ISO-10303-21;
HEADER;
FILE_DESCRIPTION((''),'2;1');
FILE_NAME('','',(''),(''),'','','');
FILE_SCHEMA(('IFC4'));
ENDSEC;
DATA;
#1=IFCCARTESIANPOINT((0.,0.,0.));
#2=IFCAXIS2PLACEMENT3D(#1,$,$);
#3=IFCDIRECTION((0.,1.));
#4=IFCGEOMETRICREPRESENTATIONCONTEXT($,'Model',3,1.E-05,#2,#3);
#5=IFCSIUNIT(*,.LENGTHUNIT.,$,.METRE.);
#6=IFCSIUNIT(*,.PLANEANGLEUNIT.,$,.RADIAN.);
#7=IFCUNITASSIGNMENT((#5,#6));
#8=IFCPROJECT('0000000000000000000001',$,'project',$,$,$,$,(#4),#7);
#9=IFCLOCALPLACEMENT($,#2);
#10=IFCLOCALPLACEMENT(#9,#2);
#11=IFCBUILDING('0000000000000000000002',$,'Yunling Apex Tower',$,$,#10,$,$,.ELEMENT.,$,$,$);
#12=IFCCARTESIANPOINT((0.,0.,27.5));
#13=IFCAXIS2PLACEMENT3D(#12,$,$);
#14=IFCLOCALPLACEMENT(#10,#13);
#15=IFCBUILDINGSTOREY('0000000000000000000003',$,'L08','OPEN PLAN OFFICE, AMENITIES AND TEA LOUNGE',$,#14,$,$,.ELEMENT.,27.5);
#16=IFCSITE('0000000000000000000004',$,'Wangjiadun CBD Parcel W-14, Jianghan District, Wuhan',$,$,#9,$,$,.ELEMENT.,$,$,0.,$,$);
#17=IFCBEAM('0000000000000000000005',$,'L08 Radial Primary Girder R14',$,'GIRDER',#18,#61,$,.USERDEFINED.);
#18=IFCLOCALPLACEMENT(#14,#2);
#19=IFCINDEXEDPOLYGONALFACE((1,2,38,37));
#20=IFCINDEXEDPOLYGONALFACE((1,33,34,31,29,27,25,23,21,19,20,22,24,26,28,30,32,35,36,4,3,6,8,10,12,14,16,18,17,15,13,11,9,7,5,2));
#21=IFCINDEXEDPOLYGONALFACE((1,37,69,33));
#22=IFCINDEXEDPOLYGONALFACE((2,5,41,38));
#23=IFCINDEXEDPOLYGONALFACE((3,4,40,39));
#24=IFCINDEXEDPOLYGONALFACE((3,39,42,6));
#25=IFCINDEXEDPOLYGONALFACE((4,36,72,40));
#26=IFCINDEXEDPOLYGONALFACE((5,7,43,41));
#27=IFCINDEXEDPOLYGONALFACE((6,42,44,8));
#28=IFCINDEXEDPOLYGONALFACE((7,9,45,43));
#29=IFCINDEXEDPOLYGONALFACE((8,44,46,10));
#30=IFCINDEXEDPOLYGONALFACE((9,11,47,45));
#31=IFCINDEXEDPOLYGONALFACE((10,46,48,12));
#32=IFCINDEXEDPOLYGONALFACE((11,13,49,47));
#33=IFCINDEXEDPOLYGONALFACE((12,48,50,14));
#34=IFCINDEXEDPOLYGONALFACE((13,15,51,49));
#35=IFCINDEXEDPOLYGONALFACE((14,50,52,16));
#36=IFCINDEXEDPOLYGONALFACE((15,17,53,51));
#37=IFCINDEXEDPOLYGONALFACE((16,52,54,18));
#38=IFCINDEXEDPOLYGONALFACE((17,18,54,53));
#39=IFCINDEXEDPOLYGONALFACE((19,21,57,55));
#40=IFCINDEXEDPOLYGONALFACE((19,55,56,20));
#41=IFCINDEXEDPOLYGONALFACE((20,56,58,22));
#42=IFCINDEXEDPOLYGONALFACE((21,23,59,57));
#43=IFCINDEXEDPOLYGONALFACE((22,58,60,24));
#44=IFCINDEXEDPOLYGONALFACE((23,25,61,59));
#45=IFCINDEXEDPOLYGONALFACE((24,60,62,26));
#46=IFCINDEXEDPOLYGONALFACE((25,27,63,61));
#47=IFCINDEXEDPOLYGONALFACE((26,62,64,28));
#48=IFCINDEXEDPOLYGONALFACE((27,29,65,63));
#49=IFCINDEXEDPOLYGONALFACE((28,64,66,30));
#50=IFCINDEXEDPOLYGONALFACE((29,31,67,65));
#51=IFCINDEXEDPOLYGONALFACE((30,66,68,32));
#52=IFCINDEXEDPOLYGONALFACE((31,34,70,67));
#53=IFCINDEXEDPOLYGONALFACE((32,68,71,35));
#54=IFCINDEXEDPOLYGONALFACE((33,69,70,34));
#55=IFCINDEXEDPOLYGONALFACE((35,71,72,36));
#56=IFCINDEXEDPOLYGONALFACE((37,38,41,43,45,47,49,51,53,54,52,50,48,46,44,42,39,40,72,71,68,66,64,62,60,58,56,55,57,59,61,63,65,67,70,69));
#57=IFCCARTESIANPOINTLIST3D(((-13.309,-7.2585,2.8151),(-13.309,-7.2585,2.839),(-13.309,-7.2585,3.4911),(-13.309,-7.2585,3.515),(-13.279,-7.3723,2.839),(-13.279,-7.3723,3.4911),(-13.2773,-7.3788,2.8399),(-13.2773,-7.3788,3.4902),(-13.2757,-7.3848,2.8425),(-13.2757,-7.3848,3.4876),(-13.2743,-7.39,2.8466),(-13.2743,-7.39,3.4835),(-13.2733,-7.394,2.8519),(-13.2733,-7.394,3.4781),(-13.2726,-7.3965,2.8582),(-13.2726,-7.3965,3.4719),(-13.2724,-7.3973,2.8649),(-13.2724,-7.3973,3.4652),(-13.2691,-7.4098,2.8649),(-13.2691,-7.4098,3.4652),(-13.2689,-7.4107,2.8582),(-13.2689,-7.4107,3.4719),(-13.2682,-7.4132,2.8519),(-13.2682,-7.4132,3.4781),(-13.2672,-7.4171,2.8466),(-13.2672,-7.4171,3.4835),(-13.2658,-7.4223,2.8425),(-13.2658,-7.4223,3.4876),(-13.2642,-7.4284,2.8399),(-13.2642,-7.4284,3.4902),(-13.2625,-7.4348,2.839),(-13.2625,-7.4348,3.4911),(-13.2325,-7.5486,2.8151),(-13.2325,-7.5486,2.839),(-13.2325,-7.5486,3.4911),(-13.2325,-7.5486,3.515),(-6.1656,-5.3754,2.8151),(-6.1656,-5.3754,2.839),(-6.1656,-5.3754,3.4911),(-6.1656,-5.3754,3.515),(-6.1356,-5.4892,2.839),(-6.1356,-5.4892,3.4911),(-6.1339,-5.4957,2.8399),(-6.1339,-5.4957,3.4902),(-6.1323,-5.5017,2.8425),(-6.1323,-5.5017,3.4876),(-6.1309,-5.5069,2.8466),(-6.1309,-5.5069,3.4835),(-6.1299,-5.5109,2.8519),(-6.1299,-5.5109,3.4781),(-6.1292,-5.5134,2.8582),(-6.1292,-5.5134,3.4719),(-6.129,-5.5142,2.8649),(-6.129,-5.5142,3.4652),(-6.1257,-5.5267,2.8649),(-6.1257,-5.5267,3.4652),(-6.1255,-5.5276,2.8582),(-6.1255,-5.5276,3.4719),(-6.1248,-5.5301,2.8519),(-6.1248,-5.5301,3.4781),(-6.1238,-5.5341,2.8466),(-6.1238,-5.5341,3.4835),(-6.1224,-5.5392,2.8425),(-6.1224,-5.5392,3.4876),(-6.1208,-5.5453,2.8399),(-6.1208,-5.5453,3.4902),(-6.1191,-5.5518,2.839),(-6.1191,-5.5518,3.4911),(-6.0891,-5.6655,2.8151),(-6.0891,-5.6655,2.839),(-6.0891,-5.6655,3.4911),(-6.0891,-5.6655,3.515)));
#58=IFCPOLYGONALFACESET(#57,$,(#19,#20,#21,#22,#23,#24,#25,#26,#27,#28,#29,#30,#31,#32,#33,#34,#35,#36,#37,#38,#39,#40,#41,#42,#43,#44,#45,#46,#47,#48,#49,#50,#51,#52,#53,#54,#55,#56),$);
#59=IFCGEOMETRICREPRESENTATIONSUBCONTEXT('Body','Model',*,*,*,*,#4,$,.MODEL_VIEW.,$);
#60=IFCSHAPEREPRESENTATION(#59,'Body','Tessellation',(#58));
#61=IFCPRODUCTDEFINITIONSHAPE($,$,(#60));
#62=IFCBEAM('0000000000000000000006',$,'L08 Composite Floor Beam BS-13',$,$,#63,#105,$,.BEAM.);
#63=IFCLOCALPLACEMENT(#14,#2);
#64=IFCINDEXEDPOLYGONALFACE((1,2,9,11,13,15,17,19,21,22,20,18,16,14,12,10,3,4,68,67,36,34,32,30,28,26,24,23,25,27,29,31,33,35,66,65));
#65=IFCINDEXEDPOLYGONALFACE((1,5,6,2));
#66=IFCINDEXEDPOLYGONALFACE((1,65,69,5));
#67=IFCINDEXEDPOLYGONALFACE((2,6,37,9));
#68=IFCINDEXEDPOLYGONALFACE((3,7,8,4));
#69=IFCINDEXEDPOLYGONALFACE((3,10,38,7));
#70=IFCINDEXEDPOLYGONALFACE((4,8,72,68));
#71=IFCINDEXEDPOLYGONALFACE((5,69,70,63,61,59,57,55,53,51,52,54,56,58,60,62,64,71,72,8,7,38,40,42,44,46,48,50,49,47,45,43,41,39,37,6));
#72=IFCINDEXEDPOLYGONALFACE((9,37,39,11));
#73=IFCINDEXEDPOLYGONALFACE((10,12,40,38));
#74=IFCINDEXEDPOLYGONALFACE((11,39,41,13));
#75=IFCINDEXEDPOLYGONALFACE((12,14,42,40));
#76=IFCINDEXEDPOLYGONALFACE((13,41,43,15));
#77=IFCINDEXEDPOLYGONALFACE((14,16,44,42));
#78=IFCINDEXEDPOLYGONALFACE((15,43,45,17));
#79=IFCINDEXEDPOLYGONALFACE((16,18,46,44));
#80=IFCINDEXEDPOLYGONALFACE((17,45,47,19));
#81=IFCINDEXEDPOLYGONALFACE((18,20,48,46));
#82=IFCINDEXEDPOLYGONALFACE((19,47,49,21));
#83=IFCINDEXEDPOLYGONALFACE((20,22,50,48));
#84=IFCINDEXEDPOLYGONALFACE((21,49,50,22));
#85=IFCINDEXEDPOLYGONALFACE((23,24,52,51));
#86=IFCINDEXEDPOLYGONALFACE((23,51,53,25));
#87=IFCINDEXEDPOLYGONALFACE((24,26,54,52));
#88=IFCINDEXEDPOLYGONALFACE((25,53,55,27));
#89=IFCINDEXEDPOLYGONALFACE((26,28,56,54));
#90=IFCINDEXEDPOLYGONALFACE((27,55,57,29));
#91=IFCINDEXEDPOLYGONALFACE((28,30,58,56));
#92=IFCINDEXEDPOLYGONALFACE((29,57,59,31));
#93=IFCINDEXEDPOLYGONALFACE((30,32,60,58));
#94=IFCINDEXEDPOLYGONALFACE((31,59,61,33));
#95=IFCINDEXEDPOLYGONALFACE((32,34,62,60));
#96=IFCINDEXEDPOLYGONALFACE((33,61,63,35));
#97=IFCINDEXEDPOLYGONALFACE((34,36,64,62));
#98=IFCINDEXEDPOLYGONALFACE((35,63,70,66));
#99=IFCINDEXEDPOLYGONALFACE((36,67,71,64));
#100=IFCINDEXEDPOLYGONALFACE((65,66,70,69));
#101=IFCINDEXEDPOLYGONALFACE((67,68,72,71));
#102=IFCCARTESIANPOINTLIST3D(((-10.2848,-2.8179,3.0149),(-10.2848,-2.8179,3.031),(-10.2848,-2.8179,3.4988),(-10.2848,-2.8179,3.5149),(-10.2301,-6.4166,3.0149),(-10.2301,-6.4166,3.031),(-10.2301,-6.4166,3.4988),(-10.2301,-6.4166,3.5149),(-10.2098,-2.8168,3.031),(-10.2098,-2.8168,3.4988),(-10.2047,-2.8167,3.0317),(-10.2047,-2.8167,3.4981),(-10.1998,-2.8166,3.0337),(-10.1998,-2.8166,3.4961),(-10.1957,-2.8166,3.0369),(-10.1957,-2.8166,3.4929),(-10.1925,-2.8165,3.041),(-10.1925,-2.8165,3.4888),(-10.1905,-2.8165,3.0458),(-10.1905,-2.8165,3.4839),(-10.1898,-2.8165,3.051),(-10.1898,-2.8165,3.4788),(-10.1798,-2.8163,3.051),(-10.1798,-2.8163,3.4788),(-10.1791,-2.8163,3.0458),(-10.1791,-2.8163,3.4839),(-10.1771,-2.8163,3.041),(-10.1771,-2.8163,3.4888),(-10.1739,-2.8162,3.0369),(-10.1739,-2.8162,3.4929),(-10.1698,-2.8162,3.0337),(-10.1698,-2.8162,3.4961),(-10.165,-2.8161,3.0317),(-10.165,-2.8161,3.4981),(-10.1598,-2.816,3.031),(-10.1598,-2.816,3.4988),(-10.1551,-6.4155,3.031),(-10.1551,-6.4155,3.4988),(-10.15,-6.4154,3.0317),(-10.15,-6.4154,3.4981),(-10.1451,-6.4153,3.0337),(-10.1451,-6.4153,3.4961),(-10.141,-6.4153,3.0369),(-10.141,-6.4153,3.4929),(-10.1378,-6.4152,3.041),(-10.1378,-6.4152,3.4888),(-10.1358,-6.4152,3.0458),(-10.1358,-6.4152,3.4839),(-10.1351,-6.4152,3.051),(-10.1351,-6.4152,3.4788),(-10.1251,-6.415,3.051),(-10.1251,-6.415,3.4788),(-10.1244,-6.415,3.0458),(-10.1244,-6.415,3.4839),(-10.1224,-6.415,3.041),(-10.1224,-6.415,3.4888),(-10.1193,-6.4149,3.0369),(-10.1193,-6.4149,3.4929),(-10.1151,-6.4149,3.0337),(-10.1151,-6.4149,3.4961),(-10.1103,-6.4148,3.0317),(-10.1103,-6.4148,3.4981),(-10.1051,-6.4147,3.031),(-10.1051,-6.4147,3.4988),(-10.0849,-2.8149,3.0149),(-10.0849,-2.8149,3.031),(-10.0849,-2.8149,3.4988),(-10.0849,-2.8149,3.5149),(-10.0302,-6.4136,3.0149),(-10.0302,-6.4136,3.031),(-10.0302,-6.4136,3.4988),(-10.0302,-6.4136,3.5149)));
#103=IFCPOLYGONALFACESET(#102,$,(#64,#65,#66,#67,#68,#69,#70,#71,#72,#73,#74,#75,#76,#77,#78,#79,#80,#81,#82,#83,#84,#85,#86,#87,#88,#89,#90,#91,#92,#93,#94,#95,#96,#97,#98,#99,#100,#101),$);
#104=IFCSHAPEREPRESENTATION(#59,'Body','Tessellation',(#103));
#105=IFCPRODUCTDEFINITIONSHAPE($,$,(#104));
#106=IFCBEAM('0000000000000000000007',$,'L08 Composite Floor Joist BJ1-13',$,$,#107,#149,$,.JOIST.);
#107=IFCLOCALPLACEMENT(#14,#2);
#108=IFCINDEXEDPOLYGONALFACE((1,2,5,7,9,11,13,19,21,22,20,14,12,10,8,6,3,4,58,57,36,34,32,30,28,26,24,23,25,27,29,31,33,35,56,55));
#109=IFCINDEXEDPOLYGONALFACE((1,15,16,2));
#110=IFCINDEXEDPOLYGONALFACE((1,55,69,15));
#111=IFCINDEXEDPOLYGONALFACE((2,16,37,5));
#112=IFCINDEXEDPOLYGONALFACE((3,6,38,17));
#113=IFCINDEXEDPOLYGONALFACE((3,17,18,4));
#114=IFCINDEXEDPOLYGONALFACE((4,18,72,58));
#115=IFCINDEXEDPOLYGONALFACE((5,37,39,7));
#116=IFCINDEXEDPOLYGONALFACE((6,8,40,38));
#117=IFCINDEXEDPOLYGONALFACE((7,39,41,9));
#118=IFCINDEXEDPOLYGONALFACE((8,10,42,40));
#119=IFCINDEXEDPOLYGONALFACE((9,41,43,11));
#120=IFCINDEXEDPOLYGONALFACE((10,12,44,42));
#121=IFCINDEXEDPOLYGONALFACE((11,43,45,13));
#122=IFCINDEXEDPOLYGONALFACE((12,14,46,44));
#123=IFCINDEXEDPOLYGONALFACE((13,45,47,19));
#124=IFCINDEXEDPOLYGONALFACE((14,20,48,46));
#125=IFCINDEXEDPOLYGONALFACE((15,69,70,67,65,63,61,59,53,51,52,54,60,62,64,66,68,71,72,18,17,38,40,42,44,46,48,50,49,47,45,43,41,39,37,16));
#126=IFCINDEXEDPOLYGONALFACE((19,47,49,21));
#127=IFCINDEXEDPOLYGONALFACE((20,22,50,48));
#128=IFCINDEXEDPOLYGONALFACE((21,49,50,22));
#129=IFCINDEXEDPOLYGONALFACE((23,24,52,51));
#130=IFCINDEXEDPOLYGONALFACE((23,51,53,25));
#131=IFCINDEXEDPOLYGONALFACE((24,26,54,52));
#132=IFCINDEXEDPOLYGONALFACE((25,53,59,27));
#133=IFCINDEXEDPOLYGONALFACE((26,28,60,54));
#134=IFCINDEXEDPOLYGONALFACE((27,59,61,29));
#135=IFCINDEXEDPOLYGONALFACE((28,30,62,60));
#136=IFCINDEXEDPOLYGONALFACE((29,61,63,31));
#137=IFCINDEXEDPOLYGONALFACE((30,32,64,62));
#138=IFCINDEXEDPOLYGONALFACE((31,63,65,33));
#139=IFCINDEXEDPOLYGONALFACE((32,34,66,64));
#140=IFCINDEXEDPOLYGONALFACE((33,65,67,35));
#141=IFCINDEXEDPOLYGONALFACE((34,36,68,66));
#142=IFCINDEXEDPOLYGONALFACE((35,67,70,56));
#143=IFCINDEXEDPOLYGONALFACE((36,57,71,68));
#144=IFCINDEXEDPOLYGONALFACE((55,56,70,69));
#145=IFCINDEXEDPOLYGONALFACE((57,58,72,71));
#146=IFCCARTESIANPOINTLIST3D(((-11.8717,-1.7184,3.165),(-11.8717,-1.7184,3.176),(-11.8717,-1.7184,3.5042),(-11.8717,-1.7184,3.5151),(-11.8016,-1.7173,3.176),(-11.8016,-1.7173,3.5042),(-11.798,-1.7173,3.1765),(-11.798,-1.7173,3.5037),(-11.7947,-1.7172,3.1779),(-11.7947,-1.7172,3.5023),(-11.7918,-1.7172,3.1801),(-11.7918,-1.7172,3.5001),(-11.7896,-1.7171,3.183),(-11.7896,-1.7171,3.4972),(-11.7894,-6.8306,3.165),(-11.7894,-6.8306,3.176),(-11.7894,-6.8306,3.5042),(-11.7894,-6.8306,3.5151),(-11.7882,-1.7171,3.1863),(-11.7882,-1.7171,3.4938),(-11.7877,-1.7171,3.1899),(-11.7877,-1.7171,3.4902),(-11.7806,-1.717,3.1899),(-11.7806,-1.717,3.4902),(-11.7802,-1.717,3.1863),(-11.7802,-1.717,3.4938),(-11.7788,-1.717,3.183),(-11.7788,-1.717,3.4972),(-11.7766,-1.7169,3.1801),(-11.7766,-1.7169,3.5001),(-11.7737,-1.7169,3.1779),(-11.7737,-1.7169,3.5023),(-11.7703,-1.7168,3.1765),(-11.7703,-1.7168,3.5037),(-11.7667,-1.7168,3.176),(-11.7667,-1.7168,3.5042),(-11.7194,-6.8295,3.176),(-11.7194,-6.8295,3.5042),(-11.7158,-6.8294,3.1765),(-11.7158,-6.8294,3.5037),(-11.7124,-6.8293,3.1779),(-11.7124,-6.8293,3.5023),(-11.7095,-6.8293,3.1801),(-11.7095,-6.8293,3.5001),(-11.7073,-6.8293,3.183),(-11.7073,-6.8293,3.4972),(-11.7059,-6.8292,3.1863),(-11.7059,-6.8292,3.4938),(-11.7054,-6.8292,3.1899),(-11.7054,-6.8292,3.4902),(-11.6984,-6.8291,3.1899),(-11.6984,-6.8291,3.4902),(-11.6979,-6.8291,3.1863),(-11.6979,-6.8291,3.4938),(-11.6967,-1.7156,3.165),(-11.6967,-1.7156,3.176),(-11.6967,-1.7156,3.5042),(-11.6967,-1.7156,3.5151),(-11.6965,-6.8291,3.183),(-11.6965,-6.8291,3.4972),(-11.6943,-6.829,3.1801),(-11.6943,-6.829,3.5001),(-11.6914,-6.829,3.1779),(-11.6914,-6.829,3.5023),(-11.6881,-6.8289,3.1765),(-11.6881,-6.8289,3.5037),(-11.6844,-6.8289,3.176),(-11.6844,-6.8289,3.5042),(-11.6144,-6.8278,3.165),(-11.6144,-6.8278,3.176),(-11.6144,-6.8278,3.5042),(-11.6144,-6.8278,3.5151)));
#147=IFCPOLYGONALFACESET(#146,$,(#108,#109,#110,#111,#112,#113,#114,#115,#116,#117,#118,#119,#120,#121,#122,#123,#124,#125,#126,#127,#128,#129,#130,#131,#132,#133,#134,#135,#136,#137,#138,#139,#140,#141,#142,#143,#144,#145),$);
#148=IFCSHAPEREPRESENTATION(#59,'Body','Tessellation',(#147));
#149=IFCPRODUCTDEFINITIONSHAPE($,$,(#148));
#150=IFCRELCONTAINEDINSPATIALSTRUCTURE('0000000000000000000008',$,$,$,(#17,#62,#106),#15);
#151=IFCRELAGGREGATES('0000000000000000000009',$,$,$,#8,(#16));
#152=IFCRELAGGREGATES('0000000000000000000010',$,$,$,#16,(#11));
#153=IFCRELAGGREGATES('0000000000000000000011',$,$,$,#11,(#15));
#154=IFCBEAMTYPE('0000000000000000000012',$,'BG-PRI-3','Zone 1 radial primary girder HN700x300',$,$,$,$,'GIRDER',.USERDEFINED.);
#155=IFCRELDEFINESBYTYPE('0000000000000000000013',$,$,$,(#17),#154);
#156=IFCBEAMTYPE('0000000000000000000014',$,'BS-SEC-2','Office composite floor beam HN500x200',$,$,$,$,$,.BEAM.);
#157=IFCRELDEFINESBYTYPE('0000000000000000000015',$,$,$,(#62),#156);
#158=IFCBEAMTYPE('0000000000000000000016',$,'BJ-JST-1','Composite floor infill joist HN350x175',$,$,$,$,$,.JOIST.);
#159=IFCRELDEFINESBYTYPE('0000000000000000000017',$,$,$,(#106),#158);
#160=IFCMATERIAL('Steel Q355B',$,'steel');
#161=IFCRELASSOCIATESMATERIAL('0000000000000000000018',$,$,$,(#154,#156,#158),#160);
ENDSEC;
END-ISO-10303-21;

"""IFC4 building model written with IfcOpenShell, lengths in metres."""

from ifc_helpers import new_model, si_unit, direction, frame, origin, origin_2d, place, context, subcontext, project, spatial, i_section, extrude, source, transform, mapped, material, material_profile, profile_set, type_object, element, save


model = new_model("IFC4")

# Units and contexts
model_context = context("Model", 3, precision=1e-05, world=origin(), true_north=direction((0.0, 1.0)))
body_context = subcontext(model_context, "Body", "Model", "MODEL_VIEW")
ifc_project = project(units=[si_unit("LENGTHUNIT", "METRE"), si_unit("PLANEANGLEUNIT", "RADIAN")], contexts=[model_context])

# Site, building, storey
site_placement = place(None, origin())
site = spatial("IfcSite", under=ifc_project, at=site_placement, Name="Wangjiadun CBD Parcel W-14, Jianghan District, Wuhan", CompositionType="ELEMENT", RefElevation=0.0)
building_placement = place(site_placement, origin())
building = spatial("IfcBuilding", under=site, at=building_placement, Name="Yunling Apex Tower", CompositionType="ELEMENT")
storey_placement = place(building_placement, frame((0.0, 0.0, 27.5)))
storey = spatial("IfcBuildingStorey", under=building, at=storey_placement, Name="L08", Description="OPEN PLAN OFFICE, AMENITIES AND TEA LOUNGE", CompositionType="ELEMENT", Elevation=27.5)

# Beams
ifc_material_1 = material(Name="Steel Q355B", Category="steel")
ifc_material_profile_1 = material_profile(ifc_material_1, i_section(OverallWidth=0.3, OverallDepth=0.7, WebThickness=0.0129, FlangeThickness=0.0239, FilletRadius=0.0259, at=origin_2d()))
ifc_profile_set_1 = profile_set([ifc_material_profile_1], Name="Steel Q355B")
beam_type_1 = type_object("IfcBeamType", Name="BG-PRI-3", Description="Zone 1 radial primary girder HN700x300", ElementType="GIRDER", PredefinedType="USERDEFINED", material=ifc_profile_set_1)
shared_shape_1 = source(origin(), body_context, "Body", "SweptSolid", [
    extrude(i_section(OverallWidth=0.3, OverallDepth=0.7, WebThickness=0.0129, FlangeThickness=0.0239, FilletRadius=0.0259, at=origin_2d()), origin(), (0.0, 0.0, 1.0), 7.3875),
])
beam_1_placement = place(storey_placement, frame((-13.2708, -7.4036, 3.165), z_axis=(0.966967, 0.254903, 0.0), x_axis=(-0.254903, 0.966967, 0.0)))
element("IfcBeam", 1, at=beam_1_placement, inside=storey, type_object=beam_type_1, Name="L08 Radial Primary Girder R14", ObjectType="GIRDER", PredefinedType="USERDEFINED", context=body_context, shape_type="MappedRepresentation", body=[
    mapped(shared_shape_1, transform((0.0, 0.0, 0.0), scale=1.0)),
])
ifc_material_profile_2 = material_profile(ifc_material_1, i_section(OverallWidth=0.2, OverallDepth=0.5, WebThickness=0.01, FlangeThickness=0.0161, FilletRadius=0.02, at=origin_2d()))
ifc_profile_set_2 = profile_set([ifc_material_profile_2], Name="Steel Q355B")
beam_type_2 = type_object("IfcBeamType", Name="BS-SEC-2", Description="Office composite floor beam HN500x200", PredefinedType="BEAM", material=ifc_profile_set_2)
shared_shape_2 = source(origin(), body_context, "Body", "SweptSolid", [
    extrude(i_section(OverallWidth=0.2, OverallDepth=0.5, WebThickness=0.01, FlangeThickness=0.0161, FilletRadius=0.02, at=origin_2d()), origin(), (0.0, 0.0, 1.0), 3.5991),
])
beam_2_placement = place(storey_placement, frame((-10.1848, -2.8164, 3.2649), z_axis=(0.015195, -0.999885, 0.0), x_axis=(0.999885, 0.015195, 0.0)))
element("IfcBeam", 2, at=beam_2_placement, inside=storey, type_object=beam_type_2, Name="L08 Composite Floor Beam BS-13", PredefinedType="BEAM", context=body_context, shape_type="MappedRepresentation", body=[
    mapped(shared_shape_2, transform((0.0, 0.0, 0.0), scale=1.0)),
])
ifc_material_profile_3 = material_profile(ifc_material_1, i_section(OverallWidth=0.175, OverallDepth=0.3501, WebThickness=0.0071, FlangeThickness=0.011, FilletRadius=0.0139, at=origin_2d()))
ifc_profile_set_3 = profile_set([ifc_material_profile_3], Name="Steel Q355B")
beam_type_3 = type_object("IfcBeamType", Name="BJ-JST-1", Description="Composite floor infill joist HN350x175", PredefinedType="JOIST", material=ifc_profile_set_3)
shared_shape_3 = source(origin(), body_context, "Body", "SweptSolid", [
    extrude(i_section(OverallWidth=0.175, OverallDepth=0.3501, WebThickness=0.0071, FlangeThickness=0.011, FilletRadius=0.0139, at=origin_2d()), origin(), (0.0, 0.0, 1.0), 5.1128),
])
beam_3_placement = place(storey_placement, frame((-11.7842, -1.717, 3.3401), z_axis=(0.016092, -0.999871, 0.0), x_axis=(0.999871, 0.016092, 0.0)))
element("IfcBeam", 3, at=beam_3_placement, inside=storey, type_object=beam_type_3, Name="L08 Composite Floor Joist BJ1-13", PredefinedType="JOIST", context=body_context, shape_type="MappedRepresentation", body=[
    mapped(shared_shape_3, transform((0.0, 0.0, 0.0), scale=1.0)),
])

save(model, "model.ifc")
